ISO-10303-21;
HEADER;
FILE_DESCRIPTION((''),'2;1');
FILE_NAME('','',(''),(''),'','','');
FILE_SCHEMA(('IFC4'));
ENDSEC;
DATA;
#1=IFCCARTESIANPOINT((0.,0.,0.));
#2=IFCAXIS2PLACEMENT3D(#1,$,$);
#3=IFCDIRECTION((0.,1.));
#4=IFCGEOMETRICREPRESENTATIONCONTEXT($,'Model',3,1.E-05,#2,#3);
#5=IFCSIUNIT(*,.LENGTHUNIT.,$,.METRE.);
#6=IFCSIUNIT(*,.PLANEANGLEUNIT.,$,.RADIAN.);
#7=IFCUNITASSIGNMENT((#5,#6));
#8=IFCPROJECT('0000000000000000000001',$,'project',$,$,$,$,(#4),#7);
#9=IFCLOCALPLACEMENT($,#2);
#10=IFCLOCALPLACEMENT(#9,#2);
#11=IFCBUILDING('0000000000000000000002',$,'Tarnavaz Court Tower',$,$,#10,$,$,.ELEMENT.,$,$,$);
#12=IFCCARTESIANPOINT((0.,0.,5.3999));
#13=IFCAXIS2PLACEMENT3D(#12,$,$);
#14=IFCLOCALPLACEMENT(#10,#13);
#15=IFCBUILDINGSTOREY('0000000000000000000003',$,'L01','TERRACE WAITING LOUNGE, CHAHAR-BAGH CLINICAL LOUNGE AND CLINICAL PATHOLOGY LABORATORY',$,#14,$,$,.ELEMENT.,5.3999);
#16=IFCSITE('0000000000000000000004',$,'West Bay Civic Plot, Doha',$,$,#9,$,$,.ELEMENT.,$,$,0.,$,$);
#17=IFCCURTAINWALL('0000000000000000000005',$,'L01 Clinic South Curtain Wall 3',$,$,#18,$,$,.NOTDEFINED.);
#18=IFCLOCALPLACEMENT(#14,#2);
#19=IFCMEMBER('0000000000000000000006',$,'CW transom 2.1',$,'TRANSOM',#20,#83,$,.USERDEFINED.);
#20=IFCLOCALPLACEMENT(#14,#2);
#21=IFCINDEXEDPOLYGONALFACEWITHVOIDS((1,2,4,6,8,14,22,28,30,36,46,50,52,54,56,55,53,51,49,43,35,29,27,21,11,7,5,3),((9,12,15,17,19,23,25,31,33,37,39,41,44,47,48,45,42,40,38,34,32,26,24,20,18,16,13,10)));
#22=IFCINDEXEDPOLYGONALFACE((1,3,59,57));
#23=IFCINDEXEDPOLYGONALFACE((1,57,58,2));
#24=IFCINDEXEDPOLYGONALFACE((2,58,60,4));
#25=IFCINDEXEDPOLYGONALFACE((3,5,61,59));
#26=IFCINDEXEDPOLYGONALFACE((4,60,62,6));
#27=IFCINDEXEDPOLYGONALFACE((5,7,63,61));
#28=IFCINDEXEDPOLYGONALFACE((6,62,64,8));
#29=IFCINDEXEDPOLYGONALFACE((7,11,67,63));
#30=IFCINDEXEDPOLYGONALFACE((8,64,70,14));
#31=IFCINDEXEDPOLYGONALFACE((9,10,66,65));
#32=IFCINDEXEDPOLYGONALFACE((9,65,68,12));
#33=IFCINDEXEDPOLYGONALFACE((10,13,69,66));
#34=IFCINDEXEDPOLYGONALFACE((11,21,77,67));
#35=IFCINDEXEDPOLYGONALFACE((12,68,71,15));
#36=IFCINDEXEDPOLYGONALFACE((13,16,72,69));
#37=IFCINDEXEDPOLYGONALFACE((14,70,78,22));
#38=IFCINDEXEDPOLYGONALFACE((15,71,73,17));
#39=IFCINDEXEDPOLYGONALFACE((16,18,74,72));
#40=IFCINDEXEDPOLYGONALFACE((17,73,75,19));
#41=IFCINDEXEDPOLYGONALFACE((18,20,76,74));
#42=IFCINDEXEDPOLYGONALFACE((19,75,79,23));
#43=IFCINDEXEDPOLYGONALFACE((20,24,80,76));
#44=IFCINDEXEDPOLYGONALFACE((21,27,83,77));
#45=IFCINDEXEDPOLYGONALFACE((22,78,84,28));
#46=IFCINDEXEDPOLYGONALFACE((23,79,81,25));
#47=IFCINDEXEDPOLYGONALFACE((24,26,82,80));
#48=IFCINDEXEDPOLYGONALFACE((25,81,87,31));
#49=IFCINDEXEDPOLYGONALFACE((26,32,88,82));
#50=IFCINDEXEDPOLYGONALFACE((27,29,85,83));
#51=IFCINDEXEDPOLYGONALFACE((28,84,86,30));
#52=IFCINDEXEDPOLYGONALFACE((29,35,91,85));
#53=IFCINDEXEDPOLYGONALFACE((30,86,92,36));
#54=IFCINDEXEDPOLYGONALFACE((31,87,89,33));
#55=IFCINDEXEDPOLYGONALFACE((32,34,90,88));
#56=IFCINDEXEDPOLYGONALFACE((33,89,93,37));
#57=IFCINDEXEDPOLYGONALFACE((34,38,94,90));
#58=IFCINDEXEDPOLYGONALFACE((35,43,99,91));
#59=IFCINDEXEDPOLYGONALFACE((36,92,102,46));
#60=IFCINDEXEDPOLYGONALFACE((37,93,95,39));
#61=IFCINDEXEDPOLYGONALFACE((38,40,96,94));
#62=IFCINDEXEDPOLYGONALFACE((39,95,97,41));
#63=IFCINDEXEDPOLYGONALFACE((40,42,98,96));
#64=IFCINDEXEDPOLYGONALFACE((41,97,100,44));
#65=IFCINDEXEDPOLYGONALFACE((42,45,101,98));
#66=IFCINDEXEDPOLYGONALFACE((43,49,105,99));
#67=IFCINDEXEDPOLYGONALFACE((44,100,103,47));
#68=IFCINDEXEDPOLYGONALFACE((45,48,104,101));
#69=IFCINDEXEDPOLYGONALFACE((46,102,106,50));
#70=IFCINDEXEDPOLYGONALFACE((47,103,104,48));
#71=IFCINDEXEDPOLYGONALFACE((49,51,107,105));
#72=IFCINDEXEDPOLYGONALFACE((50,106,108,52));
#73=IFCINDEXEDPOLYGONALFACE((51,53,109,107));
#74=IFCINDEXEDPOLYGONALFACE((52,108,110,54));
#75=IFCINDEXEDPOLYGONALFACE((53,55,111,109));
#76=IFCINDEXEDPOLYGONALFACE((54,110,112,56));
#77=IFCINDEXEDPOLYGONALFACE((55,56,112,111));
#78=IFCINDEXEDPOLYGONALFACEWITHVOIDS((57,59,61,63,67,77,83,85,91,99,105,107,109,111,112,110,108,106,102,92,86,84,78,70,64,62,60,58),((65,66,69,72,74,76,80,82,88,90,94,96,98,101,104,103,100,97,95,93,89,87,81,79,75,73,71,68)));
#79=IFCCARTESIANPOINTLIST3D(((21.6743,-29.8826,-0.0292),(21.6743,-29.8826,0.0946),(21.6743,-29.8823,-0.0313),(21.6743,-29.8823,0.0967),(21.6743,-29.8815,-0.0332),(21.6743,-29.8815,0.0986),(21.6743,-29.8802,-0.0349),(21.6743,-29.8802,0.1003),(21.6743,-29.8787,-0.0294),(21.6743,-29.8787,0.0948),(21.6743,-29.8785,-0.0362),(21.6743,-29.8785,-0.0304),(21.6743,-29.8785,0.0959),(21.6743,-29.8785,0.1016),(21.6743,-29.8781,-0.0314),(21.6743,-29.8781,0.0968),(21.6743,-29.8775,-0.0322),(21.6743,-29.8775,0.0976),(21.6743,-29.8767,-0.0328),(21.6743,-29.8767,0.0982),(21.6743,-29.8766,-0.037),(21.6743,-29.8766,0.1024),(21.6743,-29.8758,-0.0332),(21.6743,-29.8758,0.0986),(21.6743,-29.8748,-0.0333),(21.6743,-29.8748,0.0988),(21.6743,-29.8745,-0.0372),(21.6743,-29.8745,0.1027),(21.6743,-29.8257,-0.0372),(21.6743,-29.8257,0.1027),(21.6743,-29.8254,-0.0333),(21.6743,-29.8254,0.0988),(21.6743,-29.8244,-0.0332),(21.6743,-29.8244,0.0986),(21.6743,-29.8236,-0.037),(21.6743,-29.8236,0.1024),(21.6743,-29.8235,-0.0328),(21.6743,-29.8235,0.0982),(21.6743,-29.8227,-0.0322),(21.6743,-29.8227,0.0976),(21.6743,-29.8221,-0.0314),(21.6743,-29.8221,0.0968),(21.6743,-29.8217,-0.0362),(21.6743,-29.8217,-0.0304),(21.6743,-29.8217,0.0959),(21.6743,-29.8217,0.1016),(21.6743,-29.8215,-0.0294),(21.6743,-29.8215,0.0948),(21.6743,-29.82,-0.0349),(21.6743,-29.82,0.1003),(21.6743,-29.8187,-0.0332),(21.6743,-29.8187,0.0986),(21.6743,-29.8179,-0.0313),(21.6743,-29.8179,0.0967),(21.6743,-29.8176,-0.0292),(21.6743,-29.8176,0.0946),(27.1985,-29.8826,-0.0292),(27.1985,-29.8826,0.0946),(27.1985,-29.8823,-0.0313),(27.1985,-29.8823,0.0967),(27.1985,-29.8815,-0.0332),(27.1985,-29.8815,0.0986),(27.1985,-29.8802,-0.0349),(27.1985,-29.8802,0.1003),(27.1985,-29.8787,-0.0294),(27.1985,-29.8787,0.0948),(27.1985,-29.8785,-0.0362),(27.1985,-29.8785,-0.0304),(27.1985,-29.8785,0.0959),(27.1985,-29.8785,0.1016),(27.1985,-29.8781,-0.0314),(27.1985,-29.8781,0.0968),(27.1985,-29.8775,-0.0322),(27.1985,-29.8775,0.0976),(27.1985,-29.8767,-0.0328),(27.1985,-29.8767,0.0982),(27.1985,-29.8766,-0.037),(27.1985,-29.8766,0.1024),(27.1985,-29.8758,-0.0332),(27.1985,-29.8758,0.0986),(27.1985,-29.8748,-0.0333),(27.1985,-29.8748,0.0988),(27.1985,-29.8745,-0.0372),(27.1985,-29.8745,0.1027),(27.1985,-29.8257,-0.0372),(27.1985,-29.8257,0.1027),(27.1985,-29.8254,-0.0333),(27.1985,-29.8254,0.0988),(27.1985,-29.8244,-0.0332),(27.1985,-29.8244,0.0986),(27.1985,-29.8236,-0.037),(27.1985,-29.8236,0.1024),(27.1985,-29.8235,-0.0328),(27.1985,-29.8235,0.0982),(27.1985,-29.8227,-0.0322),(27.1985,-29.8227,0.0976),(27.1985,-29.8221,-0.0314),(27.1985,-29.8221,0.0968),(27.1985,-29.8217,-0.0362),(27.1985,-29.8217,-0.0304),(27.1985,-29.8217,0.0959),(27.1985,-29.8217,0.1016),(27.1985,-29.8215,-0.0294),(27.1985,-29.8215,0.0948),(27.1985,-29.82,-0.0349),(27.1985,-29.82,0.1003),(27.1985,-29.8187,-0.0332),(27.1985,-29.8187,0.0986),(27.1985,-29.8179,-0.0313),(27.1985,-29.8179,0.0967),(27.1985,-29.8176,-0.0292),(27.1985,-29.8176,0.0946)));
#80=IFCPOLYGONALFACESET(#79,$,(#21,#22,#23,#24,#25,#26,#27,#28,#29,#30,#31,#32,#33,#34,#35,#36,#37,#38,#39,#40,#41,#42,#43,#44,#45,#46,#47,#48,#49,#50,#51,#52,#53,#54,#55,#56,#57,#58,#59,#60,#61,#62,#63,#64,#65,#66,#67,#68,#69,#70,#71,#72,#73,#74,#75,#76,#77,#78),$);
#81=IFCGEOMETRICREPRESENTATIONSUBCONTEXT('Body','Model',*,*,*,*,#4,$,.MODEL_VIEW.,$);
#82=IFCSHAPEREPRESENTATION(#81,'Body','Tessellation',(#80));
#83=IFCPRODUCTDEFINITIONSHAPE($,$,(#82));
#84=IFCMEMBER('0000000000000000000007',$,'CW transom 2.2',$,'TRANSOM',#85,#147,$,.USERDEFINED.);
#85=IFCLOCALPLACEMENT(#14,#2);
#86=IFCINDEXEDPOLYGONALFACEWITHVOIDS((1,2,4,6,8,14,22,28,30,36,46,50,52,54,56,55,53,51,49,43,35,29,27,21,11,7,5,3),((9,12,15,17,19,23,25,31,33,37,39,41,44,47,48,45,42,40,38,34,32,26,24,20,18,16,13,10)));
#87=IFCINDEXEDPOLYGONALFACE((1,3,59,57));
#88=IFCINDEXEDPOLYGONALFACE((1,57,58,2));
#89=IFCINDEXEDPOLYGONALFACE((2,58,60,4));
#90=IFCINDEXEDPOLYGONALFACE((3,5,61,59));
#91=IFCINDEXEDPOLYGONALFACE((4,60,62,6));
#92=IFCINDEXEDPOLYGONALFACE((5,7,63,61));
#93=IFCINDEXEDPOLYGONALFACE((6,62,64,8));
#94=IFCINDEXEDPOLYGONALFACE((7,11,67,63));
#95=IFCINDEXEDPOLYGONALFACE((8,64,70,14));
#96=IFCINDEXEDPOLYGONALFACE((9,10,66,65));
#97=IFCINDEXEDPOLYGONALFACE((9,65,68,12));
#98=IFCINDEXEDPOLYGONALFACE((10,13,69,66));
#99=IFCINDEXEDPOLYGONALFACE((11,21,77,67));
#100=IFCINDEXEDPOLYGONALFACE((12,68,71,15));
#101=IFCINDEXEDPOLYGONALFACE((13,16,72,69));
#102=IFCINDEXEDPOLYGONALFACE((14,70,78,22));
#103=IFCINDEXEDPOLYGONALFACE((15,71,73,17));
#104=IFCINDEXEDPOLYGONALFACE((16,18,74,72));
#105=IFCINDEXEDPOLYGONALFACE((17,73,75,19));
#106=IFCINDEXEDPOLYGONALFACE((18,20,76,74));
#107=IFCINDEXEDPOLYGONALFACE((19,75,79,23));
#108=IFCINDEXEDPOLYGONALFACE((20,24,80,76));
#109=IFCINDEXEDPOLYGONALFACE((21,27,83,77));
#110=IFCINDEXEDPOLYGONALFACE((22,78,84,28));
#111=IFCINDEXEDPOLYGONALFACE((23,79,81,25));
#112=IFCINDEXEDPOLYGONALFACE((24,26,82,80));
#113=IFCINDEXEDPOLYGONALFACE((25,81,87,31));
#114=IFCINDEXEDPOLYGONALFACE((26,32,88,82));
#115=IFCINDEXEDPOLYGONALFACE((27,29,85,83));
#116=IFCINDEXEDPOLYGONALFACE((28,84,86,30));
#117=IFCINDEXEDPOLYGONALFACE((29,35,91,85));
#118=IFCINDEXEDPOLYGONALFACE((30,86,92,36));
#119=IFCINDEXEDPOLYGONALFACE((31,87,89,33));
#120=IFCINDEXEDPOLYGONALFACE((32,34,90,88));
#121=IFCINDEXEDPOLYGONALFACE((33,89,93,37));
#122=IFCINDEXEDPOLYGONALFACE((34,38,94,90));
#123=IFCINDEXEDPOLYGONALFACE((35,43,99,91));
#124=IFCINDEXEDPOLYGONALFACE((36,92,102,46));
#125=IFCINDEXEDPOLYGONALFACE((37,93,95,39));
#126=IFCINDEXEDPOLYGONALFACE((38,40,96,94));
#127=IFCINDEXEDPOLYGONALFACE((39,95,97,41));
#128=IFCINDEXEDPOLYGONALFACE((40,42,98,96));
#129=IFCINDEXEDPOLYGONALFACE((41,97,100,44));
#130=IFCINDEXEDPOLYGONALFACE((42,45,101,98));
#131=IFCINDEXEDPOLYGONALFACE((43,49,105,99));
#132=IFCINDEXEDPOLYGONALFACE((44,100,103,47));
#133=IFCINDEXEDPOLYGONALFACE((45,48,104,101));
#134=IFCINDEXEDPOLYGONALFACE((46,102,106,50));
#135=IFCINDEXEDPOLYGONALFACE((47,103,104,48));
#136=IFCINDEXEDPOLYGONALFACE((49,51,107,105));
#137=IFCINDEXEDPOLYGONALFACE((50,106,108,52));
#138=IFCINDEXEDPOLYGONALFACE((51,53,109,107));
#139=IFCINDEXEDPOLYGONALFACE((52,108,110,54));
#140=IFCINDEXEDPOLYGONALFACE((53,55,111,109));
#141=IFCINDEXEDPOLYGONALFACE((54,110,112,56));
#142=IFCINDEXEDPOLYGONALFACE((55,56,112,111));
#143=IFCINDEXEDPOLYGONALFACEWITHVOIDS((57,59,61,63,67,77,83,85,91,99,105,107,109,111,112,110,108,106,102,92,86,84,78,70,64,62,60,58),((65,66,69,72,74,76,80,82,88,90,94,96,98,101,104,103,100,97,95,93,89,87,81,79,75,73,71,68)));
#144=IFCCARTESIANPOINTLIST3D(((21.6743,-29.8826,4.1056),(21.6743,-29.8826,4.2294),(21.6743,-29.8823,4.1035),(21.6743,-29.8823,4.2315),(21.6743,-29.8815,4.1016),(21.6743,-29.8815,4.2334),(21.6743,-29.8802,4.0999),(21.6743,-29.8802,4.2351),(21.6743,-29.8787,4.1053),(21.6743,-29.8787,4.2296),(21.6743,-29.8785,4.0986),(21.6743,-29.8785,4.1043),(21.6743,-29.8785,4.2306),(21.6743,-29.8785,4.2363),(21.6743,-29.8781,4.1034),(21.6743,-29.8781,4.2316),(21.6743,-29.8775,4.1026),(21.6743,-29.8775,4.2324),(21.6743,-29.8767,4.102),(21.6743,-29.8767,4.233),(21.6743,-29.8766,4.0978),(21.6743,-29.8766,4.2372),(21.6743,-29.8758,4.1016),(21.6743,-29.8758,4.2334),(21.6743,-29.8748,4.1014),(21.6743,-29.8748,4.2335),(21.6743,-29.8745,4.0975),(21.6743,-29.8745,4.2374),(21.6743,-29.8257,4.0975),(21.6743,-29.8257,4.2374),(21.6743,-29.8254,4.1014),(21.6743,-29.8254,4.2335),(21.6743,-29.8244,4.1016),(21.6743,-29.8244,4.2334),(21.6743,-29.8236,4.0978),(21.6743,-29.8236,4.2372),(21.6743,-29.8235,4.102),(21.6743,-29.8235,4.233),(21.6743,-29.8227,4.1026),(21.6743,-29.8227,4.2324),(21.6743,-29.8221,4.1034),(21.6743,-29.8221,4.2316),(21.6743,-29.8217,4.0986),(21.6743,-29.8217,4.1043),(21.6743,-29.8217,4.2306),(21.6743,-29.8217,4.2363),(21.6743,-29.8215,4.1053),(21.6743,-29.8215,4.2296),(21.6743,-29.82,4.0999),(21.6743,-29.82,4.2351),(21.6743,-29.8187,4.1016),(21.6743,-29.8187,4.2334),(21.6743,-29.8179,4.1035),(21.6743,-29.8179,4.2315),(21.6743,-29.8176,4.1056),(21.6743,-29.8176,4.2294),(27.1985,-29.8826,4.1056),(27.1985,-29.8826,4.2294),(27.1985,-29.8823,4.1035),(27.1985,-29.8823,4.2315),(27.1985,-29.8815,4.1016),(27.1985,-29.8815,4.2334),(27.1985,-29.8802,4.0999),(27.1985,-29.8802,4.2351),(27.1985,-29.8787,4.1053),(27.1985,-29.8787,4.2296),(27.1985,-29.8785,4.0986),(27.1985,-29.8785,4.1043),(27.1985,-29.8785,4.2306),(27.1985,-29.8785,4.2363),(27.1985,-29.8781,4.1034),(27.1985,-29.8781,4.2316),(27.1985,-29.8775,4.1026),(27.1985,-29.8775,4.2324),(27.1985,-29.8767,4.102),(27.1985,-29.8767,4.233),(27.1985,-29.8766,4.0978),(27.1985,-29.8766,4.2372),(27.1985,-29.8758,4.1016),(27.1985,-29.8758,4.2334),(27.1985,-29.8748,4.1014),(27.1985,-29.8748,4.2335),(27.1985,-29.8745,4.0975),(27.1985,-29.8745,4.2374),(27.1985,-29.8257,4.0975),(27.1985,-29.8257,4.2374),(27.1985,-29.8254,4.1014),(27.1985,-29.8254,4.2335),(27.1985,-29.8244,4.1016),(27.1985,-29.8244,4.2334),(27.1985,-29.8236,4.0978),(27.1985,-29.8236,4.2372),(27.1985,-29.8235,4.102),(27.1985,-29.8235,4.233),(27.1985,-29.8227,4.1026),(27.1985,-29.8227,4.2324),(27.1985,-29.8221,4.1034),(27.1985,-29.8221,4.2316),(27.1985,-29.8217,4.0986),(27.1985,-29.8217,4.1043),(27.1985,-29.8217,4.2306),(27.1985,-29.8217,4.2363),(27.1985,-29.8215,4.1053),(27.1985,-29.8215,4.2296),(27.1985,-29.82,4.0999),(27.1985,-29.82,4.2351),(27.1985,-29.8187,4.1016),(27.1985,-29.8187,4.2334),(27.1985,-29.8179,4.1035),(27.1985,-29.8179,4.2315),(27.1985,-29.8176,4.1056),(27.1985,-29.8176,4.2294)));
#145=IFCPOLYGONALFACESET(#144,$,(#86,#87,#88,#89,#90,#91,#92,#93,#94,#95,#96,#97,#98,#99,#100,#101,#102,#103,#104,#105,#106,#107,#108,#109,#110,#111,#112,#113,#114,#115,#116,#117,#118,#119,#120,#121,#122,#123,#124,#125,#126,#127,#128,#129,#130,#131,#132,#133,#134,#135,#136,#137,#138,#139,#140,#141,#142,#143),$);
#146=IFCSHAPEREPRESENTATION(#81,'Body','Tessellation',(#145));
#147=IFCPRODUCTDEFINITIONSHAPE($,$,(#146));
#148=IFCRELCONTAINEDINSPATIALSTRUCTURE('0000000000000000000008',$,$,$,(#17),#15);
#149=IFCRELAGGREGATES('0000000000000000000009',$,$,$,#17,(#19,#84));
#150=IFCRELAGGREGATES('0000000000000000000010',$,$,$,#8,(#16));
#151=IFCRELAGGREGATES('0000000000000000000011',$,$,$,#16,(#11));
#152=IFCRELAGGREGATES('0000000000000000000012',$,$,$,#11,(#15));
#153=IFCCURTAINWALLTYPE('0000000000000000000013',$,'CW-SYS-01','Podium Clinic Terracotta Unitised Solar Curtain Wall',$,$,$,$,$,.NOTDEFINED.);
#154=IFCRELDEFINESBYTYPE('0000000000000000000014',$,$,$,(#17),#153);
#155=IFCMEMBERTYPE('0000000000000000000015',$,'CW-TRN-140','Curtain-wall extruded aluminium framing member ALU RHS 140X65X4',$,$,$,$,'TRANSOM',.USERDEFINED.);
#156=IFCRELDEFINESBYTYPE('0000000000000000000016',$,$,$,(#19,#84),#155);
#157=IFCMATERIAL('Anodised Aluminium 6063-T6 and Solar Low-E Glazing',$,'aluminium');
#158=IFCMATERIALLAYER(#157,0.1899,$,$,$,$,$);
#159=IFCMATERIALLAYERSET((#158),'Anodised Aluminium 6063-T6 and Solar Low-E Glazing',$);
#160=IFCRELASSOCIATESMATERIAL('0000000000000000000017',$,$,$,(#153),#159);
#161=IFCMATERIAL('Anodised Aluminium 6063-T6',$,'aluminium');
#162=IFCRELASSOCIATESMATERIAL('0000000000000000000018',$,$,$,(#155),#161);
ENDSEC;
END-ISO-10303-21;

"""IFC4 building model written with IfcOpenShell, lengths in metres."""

from ifc_helpers import new_model, si_unit, direction, frame, origin, origin_2d, place, context, subcontext, project, spatial, hollow_rectangle, extrude, material, layer, layer_set, material_profile, profile_set, type_object, element, aggregate, save


model = new_model("IFC4")

# Units and contexts
model_context = context("Model", 3, precision=1e-05, world=origin(), true_north=direction((0.0, 1.0)))
body_context = subcontext(model_context, "Body", "Model", "MODEL_VIEW")
ifc_project = project(units=[si_unit("LENGTHUNIT", "METRE"), si_unit("PLANEANGLEUNIT", "RADIAN")], contexts=[model_context])

# Site, building, storey
site_placement = place(None, origin())
site = spatial("IfcSite", under=ifc_project, at=site_placement, Name="West Bay Civic Plot, Doha", CompositionType="ELEMENT", RefElevation=0.0)
building_placement = place(site_placement, origin())
building = spatial("IfcBuilding", under=site, at=building_placement, Name="Tarnavaz Court Tower", CompositionType="ELEMENT")
storey_placement = place(building_placement, frame((0.0, 0.0, 5.3999)))
storey = spatial("IfcBuildingStorey", under=building, at=storey_placement, Name="L01", Description="TERRACE WAITING LOUNGE, CHAHAR-BAGH CLINICAL LOUNGE AND CLINICAL PATHOLOGY LABORATORY", CompositionType="ELEMENT", Elevation=5.3999)

# Curtain wall, members
ifc_material_1 = material(Name="Anodised Aluminium 6063-T6 and Solar Low-E Glazing", Category="aluminium")
ifc_layer_1 = layer(ifc_material_1, 0.1899)
ifc_layer_set_1 = layer_set([ifc_layer_1], Name="Anodised Aluminium 6063-T6 and Solar Low-E Glazing")
curtain_wall_type = type_object("IfcCurtainWallType", Name="CW-SYS-01", Description="Podium Clinic Terracotta Unitised Solar Curtain Wall", PredefinedType="NOTDEFINED", material=ifc_layer_set_1)
curtain_wall_placement = place(storey_placement, origin())
curtain_wall = element("IfcCurtainWall", 1, at=curtain_wall_placement, inside=storey, type_object=curtain_wall_type, Name="L01 Clinic South Curtain Wall 3", PredefinedType="NOTDEFINED")
ifc_material_2 = material(Name="Anodised Aluminium 6063-T6", Category="aluminium")
ifc_material_profile_1 = material_profile(ifc_material_2, hollow_rectangle(XDim=0.0649, YDim=0.1399, WallThickness=0.0039, InnerFilletRadius=0.0039, OuterFilletRadius=0.0081, at=origin_2d()), Name="ALU RHS 140X65X4")
ifc_profile_set_1 = profile_set([ifc_material_profile_1], Name="Anodised Aluminium 6063-T6")
member_type_1 = type_object("IfcMemberType", Name="CW-TRN-140", Description="Curtain-wall extruded aluminium framing member ALU RHS 140X65X4", ElementType="TRANSOM", PredefinedType="USERDEFINED", material=ifc_profile_set_1)
member_1_placement = place(storey_placement, frame((27.1985, -29.8501, 0.0327), z_axis=(-1.0, 0.0, 0.0), x_axis=(0.0, -1.0, 0.0)))
member_1 = element("IfcMember", 2, at=member_1_placement, type_object=member_type_1, Name="CW transom 2.1", ObjectType="TRANSOM", PredefinedType="USERDEFINED", context=body_context, shape_type="SweptSolid", body=[
    extrude(hollow_rectangle(XDim=0.0649, YDim=0.1399, WallThickness=0.0039, InnerFilletRadius=0.0039, OuterFilletRadius=0.0081, at=origin_2d()), origin(), (0.0, 0.0, 1.0), 5.5242),
])
member_2_placement = place(storey_placement, frame((27.1985, -29.8501, 4.1675), z_axis=(-1.0, 0.0, 0.0), x_axis=(0.0, -1.0, 0.0)))
member_2 = element("IfcMember", 3, at=member_2_placement, type_object=member_type_1, Name="CW transom 2.2", ObjectType="TRANSOM", PredefinedType="USERDEFINED", context=body_context, shape_type="SweptSolid", body=[
    extrude(hollow_rectangle(XDim=0.0649, YDim=0.1399, WallThickness=0.0039, InnerFilletRadius=0.0039, OuterFilletRadius=0.0081, at=origin_2d()), origin(), (0.0, 0.0, 1.0), 5.5242),
])
aggregate(curtain_wall, [member_1, member_2])

save(model, "model.ifc")
